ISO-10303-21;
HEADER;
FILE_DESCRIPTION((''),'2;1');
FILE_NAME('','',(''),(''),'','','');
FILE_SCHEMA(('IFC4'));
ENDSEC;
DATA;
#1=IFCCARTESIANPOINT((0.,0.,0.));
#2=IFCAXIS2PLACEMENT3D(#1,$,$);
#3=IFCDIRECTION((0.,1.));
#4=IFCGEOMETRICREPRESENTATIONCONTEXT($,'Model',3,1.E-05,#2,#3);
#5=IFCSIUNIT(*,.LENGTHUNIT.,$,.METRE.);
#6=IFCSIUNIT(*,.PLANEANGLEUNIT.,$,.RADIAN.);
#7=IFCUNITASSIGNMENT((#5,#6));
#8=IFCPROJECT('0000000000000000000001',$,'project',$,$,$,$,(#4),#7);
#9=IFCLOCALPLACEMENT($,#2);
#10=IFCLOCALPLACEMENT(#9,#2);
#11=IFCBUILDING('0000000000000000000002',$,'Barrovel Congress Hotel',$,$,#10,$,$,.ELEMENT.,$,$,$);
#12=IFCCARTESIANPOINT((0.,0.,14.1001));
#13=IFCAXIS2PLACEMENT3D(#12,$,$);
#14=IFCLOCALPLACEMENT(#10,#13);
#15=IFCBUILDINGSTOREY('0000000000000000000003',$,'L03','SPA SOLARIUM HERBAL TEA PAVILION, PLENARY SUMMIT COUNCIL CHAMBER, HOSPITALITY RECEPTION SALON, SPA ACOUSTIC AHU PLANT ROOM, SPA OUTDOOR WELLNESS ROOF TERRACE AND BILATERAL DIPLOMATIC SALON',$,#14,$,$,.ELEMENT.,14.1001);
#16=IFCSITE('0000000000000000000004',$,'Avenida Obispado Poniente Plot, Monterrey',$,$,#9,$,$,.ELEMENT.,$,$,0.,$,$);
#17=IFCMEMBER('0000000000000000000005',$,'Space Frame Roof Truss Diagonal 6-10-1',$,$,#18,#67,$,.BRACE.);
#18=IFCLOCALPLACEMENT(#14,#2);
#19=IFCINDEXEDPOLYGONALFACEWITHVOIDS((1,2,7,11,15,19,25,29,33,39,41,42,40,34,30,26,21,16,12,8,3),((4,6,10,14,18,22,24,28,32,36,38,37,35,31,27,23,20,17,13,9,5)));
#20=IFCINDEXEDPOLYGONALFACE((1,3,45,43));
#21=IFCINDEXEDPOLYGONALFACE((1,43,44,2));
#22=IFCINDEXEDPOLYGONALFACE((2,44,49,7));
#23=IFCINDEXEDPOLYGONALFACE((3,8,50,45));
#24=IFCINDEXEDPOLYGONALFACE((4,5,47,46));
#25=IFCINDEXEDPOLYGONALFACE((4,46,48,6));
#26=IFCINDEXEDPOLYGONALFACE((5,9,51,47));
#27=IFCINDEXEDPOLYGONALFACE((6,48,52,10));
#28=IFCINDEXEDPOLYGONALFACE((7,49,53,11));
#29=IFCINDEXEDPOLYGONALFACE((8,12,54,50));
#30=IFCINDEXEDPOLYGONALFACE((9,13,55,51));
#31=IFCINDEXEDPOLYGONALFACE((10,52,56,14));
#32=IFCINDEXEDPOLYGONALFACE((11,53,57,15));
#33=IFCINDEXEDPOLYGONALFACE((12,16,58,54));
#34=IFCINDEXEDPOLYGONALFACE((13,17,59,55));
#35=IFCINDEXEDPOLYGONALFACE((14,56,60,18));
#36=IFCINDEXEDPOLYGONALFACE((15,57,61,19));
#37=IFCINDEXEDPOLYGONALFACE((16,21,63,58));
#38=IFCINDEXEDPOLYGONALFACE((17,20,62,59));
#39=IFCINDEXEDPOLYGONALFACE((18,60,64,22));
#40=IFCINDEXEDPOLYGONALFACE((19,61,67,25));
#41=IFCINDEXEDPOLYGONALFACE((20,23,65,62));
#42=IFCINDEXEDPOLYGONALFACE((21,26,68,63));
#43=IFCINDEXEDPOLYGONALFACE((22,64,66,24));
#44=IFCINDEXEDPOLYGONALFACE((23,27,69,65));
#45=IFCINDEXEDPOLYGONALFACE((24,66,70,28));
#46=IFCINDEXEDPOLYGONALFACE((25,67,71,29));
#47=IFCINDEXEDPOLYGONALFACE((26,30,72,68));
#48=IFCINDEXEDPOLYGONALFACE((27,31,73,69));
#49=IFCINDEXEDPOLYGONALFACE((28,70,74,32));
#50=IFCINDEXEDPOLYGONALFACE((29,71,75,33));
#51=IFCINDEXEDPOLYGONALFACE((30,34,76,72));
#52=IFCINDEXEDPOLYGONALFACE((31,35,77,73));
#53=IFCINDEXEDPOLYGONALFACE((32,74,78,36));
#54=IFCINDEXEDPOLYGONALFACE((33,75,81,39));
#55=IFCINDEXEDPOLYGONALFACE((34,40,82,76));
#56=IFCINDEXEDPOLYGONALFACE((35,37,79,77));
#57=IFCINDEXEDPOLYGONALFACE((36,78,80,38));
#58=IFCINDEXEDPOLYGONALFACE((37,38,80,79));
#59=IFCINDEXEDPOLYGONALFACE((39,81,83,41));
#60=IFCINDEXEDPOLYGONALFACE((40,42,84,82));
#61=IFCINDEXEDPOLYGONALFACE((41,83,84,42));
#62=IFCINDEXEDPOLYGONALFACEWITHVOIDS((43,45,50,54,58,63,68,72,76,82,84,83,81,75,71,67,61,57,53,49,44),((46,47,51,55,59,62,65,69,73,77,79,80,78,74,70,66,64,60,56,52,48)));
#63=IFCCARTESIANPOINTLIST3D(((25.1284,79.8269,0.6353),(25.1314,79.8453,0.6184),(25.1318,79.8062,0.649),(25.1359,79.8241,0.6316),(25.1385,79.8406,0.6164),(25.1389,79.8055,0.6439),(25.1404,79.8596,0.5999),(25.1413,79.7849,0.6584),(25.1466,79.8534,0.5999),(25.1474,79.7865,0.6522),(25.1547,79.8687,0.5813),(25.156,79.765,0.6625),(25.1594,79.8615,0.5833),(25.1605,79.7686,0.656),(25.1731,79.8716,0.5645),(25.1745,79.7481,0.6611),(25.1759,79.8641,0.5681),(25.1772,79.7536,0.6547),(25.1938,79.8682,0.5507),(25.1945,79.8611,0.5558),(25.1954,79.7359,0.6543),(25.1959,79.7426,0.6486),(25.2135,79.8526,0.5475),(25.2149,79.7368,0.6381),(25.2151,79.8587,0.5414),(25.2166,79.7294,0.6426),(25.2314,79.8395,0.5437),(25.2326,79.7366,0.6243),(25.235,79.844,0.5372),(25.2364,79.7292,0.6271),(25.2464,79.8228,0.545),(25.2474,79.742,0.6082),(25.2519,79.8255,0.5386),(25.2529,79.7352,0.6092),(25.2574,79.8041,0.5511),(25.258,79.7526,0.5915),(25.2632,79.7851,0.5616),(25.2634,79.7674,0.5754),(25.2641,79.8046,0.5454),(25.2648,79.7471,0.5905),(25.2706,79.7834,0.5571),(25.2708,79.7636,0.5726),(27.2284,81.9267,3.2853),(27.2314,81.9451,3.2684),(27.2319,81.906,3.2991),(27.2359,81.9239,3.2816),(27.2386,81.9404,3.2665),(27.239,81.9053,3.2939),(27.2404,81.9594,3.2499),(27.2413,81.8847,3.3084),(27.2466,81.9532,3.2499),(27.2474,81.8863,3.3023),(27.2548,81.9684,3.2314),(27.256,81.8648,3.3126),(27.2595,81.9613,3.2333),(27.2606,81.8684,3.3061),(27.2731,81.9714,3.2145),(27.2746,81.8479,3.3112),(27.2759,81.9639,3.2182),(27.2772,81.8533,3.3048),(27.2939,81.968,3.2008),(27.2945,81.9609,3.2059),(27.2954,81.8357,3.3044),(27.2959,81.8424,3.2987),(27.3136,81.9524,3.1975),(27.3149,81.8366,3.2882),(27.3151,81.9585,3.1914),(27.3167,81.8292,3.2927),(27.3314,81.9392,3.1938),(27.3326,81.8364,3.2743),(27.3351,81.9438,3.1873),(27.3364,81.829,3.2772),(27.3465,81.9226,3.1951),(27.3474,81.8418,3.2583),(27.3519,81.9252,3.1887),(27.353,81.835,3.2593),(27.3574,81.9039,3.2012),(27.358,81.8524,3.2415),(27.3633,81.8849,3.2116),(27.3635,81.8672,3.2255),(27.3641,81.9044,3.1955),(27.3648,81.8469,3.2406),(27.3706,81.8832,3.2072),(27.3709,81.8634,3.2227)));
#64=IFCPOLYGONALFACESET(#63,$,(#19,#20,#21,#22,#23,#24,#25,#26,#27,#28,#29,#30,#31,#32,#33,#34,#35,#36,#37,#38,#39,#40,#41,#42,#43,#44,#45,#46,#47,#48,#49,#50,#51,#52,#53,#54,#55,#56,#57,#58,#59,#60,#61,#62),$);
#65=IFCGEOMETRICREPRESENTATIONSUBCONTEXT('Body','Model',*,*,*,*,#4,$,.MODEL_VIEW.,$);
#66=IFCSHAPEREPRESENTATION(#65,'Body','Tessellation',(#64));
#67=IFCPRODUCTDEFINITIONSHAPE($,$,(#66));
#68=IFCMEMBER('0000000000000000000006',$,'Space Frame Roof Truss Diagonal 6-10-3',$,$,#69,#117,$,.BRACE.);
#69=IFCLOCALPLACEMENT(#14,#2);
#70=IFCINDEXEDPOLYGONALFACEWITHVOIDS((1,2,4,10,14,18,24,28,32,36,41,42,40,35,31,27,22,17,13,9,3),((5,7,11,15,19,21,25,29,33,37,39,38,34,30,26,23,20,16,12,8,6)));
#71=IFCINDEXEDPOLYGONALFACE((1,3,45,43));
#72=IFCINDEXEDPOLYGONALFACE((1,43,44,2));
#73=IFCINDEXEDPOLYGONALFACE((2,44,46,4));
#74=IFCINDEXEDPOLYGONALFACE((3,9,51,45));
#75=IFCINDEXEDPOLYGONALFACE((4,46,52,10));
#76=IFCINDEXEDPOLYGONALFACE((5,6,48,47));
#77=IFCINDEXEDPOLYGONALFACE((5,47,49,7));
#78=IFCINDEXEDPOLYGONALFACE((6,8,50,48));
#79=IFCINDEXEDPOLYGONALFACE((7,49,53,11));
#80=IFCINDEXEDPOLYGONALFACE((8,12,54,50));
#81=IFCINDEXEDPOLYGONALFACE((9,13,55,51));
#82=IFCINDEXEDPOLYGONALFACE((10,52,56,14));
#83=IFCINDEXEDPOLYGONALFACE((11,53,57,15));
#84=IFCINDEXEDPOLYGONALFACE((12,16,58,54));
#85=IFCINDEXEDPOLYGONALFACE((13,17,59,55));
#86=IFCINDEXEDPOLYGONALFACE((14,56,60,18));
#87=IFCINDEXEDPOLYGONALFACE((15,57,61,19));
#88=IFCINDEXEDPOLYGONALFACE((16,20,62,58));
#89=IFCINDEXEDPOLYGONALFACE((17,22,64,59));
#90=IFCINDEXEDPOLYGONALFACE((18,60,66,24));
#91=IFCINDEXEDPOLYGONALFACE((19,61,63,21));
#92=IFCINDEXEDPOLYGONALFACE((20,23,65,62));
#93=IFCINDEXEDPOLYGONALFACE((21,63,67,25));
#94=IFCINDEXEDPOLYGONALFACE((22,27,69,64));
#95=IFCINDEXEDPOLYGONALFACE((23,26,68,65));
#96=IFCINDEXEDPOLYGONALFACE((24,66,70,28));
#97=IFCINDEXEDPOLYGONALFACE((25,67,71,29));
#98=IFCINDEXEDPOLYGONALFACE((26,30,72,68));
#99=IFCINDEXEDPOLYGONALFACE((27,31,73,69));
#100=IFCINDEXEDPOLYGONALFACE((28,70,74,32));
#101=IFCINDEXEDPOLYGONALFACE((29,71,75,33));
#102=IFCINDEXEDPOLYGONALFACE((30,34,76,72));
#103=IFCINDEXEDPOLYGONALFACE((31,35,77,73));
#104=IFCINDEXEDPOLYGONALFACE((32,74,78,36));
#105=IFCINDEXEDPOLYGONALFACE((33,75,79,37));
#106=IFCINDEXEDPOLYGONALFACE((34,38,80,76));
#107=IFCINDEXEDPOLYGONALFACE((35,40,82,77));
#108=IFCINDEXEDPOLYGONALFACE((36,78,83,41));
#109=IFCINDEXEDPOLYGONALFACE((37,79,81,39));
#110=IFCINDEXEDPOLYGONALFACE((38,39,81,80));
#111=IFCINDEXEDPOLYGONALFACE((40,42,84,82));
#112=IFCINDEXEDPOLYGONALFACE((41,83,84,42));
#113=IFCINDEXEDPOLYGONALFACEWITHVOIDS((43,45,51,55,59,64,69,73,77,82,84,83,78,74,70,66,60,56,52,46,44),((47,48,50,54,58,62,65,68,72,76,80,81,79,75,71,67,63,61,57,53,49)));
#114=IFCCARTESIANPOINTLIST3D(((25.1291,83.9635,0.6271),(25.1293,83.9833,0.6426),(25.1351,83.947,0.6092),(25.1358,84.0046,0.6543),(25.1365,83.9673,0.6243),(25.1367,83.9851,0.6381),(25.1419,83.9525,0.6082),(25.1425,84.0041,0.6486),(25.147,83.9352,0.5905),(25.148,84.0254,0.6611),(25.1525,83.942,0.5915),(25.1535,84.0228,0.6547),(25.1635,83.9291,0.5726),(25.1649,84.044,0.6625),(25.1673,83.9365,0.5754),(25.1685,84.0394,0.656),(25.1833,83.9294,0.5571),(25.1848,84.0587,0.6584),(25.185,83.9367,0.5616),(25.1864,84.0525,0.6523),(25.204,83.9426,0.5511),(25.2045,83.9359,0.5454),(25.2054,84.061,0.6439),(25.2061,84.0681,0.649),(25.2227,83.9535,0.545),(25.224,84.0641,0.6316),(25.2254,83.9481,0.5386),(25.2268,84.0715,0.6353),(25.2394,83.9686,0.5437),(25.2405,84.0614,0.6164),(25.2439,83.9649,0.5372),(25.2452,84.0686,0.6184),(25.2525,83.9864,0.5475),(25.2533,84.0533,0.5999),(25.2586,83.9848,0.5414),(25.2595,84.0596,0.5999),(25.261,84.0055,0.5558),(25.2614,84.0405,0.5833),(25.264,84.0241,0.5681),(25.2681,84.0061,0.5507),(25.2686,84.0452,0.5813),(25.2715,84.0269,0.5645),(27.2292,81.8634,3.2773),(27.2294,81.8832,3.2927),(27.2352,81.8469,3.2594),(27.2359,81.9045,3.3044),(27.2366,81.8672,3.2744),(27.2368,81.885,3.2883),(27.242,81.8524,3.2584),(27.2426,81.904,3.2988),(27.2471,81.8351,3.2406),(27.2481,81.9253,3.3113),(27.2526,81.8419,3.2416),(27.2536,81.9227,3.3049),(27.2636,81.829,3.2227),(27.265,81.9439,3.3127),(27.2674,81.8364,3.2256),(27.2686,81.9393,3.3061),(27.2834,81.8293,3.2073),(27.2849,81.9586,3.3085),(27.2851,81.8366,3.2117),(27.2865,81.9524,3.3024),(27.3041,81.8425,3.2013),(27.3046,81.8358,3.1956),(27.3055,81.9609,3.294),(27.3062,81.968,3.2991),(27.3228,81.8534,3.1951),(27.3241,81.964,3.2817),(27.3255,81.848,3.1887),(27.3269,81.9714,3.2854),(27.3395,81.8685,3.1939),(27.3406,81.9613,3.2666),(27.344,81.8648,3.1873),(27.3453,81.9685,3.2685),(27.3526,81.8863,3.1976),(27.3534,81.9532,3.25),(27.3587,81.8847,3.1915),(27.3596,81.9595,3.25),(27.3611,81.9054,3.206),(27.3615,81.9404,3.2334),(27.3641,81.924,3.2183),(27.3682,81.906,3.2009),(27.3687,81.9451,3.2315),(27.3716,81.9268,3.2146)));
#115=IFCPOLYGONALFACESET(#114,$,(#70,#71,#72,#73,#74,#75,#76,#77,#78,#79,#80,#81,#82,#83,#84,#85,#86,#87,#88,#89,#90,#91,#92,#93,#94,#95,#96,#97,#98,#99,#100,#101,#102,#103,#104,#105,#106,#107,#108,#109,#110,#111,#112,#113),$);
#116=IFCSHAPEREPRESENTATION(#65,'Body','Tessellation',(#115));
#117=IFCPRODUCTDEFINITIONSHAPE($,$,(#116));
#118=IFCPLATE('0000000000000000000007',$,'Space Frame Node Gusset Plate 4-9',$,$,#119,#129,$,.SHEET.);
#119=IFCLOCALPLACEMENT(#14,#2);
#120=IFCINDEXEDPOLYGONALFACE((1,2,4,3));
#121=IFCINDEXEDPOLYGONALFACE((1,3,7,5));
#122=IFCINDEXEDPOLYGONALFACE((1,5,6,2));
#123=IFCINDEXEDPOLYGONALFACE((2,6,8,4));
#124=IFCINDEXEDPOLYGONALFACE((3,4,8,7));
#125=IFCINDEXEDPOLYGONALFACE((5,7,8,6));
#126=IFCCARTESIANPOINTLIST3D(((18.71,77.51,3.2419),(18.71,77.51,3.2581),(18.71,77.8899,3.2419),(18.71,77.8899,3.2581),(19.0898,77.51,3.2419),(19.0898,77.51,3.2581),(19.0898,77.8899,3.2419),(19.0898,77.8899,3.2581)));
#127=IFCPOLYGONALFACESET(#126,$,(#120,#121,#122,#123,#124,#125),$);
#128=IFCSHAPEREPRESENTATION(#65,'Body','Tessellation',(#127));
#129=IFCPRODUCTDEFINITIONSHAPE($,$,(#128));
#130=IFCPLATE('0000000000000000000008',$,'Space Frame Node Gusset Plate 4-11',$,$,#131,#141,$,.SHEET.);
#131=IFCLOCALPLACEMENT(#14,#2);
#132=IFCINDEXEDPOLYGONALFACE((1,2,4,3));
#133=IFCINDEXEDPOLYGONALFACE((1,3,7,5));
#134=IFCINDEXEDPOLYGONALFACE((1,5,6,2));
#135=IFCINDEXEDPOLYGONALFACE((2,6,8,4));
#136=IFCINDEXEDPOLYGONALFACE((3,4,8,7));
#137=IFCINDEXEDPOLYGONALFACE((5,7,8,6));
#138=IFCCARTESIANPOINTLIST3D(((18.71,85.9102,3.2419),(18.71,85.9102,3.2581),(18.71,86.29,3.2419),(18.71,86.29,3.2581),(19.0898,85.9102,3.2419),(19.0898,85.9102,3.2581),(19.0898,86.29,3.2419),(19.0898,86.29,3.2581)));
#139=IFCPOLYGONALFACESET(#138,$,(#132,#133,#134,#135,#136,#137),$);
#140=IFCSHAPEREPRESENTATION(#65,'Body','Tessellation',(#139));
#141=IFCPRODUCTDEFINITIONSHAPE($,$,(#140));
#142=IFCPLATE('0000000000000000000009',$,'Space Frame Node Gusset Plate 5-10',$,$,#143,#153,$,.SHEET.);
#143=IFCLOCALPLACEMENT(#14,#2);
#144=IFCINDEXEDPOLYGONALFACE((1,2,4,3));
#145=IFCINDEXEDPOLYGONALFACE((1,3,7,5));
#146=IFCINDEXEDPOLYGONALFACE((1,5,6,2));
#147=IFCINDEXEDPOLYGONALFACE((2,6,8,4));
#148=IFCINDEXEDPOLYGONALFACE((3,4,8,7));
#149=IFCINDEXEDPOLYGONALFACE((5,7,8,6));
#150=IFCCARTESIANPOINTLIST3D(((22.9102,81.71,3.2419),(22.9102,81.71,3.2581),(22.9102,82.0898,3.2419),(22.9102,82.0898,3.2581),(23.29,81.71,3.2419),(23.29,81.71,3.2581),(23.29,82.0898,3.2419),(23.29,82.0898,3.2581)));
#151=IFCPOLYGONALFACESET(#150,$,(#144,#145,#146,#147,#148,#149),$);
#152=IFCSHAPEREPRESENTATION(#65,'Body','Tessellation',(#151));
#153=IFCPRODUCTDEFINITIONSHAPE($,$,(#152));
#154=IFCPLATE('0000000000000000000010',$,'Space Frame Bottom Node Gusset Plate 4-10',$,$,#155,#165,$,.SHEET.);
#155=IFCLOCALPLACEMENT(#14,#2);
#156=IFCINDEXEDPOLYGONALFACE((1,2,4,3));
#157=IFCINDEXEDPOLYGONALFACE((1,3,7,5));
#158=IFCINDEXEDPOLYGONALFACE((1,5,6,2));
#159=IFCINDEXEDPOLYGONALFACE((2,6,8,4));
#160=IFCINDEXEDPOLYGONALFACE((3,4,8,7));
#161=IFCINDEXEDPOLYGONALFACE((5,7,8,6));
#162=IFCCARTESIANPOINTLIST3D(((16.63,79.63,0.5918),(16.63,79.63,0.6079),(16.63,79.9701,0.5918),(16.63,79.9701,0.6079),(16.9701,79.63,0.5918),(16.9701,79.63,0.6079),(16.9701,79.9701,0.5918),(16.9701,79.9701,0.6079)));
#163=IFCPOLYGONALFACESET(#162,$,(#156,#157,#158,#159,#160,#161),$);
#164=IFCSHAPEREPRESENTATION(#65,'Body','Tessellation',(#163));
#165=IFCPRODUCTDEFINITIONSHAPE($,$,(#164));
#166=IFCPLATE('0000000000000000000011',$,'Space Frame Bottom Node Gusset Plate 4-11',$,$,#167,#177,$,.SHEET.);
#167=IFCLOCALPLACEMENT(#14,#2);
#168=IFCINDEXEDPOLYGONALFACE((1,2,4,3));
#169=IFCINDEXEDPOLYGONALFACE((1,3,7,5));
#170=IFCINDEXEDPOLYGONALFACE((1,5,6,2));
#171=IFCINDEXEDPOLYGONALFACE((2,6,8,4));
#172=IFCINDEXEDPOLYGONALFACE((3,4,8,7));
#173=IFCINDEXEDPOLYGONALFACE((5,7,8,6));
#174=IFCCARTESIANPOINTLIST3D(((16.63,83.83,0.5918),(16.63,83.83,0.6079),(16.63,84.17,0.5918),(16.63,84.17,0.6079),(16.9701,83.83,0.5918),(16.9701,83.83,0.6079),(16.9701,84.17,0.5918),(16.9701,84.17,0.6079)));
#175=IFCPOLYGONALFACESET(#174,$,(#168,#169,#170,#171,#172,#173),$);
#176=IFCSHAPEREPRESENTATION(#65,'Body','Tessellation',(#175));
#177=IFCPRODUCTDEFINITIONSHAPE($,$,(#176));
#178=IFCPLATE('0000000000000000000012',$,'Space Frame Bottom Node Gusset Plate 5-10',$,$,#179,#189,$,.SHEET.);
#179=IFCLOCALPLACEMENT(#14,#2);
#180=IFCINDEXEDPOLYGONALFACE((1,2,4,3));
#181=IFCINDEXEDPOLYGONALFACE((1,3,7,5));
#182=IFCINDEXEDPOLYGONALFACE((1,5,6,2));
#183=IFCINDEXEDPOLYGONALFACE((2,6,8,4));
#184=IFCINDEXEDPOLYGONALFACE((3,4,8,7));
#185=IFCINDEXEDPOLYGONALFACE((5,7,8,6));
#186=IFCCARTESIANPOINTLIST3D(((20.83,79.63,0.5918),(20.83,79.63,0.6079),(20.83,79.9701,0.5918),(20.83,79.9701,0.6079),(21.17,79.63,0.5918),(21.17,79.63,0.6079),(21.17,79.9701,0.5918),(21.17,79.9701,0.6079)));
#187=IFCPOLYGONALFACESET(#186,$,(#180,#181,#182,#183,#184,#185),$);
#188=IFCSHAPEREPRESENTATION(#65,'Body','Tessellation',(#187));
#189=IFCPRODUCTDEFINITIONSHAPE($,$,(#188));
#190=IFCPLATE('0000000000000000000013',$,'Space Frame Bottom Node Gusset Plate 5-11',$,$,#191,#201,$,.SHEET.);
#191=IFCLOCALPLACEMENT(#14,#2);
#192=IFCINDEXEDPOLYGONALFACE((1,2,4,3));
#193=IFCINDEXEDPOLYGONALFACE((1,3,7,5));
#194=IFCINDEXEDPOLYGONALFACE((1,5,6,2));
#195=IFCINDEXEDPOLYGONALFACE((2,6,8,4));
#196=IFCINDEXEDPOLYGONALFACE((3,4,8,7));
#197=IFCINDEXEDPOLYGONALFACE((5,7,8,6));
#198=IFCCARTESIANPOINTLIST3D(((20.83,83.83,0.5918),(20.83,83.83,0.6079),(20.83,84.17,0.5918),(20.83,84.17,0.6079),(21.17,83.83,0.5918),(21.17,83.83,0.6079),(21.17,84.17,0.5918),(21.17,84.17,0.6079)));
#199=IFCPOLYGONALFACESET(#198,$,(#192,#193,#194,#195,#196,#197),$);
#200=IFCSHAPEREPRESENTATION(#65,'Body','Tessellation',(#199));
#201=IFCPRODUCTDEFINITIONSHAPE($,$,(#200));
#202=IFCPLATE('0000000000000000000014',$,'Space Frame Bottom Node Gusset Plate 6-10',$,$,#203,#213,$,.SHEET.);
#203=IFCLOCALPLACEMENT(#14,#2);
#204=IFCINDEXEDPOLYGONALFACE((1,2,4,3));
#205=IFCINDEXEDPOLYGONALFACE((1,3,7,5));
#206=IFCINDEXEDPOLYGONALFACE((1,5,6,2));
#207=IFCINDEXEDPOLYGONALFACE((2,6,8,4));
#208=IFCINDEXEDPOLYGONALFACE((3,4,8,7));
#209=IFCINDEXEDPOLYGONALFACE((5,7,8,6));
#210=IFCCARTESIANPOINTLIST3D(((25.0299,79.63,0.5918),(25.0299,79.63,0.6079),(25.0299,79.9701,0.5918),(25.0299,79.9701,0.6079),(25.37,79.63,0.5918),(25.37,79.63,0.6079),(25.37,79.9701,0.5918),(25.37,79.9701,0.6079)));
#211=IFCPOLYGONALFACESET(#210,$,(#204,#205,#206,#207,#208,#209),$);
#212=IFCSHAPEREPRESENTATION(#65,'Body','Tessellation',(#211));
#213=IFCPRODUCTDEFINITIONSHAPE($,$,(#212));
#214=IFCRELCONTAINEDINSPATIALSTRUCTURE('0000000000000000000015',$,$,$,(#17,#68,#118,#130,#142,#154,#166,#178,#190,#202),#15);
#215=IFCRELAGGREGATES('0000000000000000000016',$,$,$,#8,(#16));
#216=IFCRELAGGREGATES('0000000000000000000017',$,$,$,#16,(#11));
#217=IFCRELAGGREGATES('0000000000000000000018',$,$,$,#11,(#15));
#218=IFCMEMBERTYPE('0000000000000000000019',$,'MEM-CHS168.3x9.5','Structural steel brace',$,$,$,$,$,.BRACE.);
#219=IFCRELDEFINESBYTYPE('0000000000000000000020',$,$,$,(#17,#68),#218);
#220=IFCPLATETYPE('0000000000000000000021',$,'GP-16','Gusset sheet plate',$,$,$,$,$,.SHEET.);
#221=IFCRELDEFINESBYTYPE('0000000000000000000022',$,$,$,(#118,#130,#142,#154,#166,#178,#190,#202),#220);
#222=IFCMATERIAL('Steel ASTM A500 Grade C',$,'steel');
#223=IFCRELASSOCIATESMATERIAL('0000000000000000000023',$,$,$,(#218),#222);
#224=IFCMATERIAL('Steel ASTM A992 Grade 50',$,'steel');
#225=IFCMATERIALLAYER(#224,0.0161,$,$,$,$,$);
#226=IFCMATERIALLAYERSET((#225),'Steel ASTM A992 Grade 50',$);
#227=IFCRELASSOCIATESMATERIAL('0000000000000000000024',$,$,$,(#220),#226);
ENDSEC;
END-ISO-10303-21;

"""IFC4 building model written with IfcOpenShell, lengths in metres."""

from ifc_helpers import new_model, si_unit, direction, frame, origin, origin_2d, place, context, subcontext, project, spatial, rectangle, hollow_circle, extrude, material, layer, layer_set, material_profile, profile_set, type_object, element, save


model = new_model("IFC4")

# Units and contexts
model_context = context("Model", 3, precision=1e-05, world=origin(), true_north=direction((0.0, 1.0)))
body_context = subcontext(model_context, "Body", "Model", "MODEL_VIEW")
ifc_project = project(units=[si_unit("LENGTHUNIT", "METRE"), si_unit("PLANEANGLEUNIT", "RADIAN")], contexts=[model_context])

# Site, building, storey
site_placement = place(None, origin())
site = spatial("IfcSite", under=ifc_project, at=site_placement, Name="Avenida Obispado Poniente Plot, Monterrey", CompositionType="ELEMENT", RefElevation=0.0)
building_placement = place(site_placement, origin())
building = spatial("IfcBuilding", under=site, at=building_placement, Name="Barrovel Congress Hotel", CompositionType="ELEMENT")
storey_placement = place(building_placement, frame((0.0, 0.0, 14.1001)))
storey = spatial("IfcBuildingStorey", under=building, at=storey_placement, Name="L03", Description="SPA SOLARIUM HERBAL TEA PAVILION, PLENARY SUMMIT COUNCIL CHAMBER, HOSPITALITY RECEPTION SALON, SPA ACOUSTIC AHU PLANT ROOM, SPA OUTDOOR WELLNESS ROOF TERRACE AND BILATERAL DIPLOMATIC SALON", CompositionType="ELEMENT", Elevation=14.1001)

# Members
ifc_material_1 = material(Name="Steel ASTM A500 Grade C", Category="steel")
ifc_material_profile_1 = material_profile(ifc_material_1, hollow_circle(Radius=0.0842, WallThickness=0.0088, at=origin_2d()), Name="CHS168.3x9.5")
ifc_profile_set_1 = profile_set([ifc_material_profile_1], Name="Steel ASTM A500 Grade C")
member_type_1 = type_object("IfcMemberType", Name="MEM-CHS168.3x9.5", Description="Structural steel brace", PredefinedType="BRACE", material=ifc_profile_set_1)
for number, where, z_axis, x_axis, name in (
    (1, (25.2, 79.8, 0.5999), (0.527618, 0.527557, 0.66581), (-0.707066, 0.707148, 0.0), "Space Frame Roof Truss Diagonal 6-10-1"),
):
    element("IfcMember", number, at=place(storey_placement, frame(where, z_axis=z_axis, x_axis=x_axis)), inside=storey, type_object=member_type_1, Name=name, PredefinedType="BRACE", context=body_context, shape_type="SweptSolid", body=[
        extrude(hollow_circle(Radius=0.0842, WallThickness=0.0088, at=origin_2d()), origin(), (0.0, 0.0, 1.0), 3.9802),
    ])
member_1_placement = place(storey_placement, frame((25.2, 84.0, 0.5999), z_axis=(0.527601, -0.527601, 0.665788), x_axis=(0.707107, 0.707107, 0.0)))
element("IfcMember", 2, at=member_1_placement, inside=storey, type_object=member_type_1, Name="Space Frame Roof Truss Diagonal 6-10-3", PredefinedType="BRACE", context=body_context, shape_type="SweptSolid", body=[
    extrude(hollow_circle(Radius=0.0842, WallThickness=0.0088, at=origin_2d()), origin(), (0.0, 0.0, 1.0), 3.9805),
])

# Plates
ifc_material_2 = material(Name="Steel ASTM A992 Grade 50", Category="steel")
ifc_layer_1 = layer(ifc_material_2, 0.0161)
ifc_layer_set_1 = layer_set([ifc_layer_1], Name="Steel ASTM A992 Grade 50")
plate_type_1 = type_object("IfcPlateType", Name="GP-16", Description="Gusset sheet plate", PredefinedType="SHEET", material=ifc_layer_set_1)
for number, where, z_axis, x_axis, name in (
    (3, (18.8999, 77.7, 3.2419), (0.0, 0.0, 1.0), (1.0, 0.0, 0.0), "Space Frame Node Gusset Plate 4-9"),
    (4, (18.8999, 86.1001, 3.2419), (0.0, 0.0, 1.0), (1.0, 0.0, 0.0), "Space Frame Node Gusset Plate 4-11"),
    (5, (23.1001, 81.8999, 3.2419), (0.0, 0.0, 1.0), (1.0, 0.0, 0.0), "Space Frame Node Gusset Plate 5-10"),
):
    element("IfcPlate", number, at=place(storey_placement, frame(where, z_axis=z_axis, x_axis=x_axis)), inside=storey, type_object=plate_type_1, Name=name, PredefinedType="SHEET", context=body_context, shape_type="SweptSolid", body=[
        extrude(rectangle(XDim=0.3799, YDim=0.3799, at=origin_2d()), origin(), (0.0, 0.0, 1.0), 0.0161),
    ])
for number, where, z_axis, x_axis, name in (
    (6, (16.8, 79.8, 0.5918), (0.0, 0.0, 1.0), (1.0, 0.0, 0.0), "Space Frame Bottom Node Gusset Plate 4-10"),
    (7, (16.8, 84.0, 0.5918), (0.0, 0.0, 1.0), (1.0, 0.0, 0.0), "Space Frame Bottom Node Gusset Plate 4-11"),
    (8, (21.0, 79.8, 0.5918), (0.0, 0.0, 1.0), (1.0, 0.0, 0.0), "Space Frame Bottom Node Gusset Plate 5-10"),
    (9, (21.0, 84.0, 0.5918), (0.0, 0.0, 1.0), (1.0, 0.0, 0.0), "Space Frame Bottom Node Gusset Plate 5-11"),
    (10, (25.2, 79.8, 0.5918), (0.0, 0.0, 1.0), (1.0, 0.0, 0.0), "Space Frame Bottom Node Gusset Plate 6-10"),
):
    element("IfcPlate", number, at=place(storey_placement, frame(where, z_axis=z_axis, x_axis=x_axis)), inside=storey, type_object=plate_type_1, Name=name, PredefinedType="SHEET", context=body_context, shape_type="SweptSolid", body=[
        extrude(rectangle(XDim=0.3401, YDim=0.3401, at=origin_2d()), origin(), (0.0, 0.0, 1.0), 0.0161),
    ])

save(model, "model.ifc")
